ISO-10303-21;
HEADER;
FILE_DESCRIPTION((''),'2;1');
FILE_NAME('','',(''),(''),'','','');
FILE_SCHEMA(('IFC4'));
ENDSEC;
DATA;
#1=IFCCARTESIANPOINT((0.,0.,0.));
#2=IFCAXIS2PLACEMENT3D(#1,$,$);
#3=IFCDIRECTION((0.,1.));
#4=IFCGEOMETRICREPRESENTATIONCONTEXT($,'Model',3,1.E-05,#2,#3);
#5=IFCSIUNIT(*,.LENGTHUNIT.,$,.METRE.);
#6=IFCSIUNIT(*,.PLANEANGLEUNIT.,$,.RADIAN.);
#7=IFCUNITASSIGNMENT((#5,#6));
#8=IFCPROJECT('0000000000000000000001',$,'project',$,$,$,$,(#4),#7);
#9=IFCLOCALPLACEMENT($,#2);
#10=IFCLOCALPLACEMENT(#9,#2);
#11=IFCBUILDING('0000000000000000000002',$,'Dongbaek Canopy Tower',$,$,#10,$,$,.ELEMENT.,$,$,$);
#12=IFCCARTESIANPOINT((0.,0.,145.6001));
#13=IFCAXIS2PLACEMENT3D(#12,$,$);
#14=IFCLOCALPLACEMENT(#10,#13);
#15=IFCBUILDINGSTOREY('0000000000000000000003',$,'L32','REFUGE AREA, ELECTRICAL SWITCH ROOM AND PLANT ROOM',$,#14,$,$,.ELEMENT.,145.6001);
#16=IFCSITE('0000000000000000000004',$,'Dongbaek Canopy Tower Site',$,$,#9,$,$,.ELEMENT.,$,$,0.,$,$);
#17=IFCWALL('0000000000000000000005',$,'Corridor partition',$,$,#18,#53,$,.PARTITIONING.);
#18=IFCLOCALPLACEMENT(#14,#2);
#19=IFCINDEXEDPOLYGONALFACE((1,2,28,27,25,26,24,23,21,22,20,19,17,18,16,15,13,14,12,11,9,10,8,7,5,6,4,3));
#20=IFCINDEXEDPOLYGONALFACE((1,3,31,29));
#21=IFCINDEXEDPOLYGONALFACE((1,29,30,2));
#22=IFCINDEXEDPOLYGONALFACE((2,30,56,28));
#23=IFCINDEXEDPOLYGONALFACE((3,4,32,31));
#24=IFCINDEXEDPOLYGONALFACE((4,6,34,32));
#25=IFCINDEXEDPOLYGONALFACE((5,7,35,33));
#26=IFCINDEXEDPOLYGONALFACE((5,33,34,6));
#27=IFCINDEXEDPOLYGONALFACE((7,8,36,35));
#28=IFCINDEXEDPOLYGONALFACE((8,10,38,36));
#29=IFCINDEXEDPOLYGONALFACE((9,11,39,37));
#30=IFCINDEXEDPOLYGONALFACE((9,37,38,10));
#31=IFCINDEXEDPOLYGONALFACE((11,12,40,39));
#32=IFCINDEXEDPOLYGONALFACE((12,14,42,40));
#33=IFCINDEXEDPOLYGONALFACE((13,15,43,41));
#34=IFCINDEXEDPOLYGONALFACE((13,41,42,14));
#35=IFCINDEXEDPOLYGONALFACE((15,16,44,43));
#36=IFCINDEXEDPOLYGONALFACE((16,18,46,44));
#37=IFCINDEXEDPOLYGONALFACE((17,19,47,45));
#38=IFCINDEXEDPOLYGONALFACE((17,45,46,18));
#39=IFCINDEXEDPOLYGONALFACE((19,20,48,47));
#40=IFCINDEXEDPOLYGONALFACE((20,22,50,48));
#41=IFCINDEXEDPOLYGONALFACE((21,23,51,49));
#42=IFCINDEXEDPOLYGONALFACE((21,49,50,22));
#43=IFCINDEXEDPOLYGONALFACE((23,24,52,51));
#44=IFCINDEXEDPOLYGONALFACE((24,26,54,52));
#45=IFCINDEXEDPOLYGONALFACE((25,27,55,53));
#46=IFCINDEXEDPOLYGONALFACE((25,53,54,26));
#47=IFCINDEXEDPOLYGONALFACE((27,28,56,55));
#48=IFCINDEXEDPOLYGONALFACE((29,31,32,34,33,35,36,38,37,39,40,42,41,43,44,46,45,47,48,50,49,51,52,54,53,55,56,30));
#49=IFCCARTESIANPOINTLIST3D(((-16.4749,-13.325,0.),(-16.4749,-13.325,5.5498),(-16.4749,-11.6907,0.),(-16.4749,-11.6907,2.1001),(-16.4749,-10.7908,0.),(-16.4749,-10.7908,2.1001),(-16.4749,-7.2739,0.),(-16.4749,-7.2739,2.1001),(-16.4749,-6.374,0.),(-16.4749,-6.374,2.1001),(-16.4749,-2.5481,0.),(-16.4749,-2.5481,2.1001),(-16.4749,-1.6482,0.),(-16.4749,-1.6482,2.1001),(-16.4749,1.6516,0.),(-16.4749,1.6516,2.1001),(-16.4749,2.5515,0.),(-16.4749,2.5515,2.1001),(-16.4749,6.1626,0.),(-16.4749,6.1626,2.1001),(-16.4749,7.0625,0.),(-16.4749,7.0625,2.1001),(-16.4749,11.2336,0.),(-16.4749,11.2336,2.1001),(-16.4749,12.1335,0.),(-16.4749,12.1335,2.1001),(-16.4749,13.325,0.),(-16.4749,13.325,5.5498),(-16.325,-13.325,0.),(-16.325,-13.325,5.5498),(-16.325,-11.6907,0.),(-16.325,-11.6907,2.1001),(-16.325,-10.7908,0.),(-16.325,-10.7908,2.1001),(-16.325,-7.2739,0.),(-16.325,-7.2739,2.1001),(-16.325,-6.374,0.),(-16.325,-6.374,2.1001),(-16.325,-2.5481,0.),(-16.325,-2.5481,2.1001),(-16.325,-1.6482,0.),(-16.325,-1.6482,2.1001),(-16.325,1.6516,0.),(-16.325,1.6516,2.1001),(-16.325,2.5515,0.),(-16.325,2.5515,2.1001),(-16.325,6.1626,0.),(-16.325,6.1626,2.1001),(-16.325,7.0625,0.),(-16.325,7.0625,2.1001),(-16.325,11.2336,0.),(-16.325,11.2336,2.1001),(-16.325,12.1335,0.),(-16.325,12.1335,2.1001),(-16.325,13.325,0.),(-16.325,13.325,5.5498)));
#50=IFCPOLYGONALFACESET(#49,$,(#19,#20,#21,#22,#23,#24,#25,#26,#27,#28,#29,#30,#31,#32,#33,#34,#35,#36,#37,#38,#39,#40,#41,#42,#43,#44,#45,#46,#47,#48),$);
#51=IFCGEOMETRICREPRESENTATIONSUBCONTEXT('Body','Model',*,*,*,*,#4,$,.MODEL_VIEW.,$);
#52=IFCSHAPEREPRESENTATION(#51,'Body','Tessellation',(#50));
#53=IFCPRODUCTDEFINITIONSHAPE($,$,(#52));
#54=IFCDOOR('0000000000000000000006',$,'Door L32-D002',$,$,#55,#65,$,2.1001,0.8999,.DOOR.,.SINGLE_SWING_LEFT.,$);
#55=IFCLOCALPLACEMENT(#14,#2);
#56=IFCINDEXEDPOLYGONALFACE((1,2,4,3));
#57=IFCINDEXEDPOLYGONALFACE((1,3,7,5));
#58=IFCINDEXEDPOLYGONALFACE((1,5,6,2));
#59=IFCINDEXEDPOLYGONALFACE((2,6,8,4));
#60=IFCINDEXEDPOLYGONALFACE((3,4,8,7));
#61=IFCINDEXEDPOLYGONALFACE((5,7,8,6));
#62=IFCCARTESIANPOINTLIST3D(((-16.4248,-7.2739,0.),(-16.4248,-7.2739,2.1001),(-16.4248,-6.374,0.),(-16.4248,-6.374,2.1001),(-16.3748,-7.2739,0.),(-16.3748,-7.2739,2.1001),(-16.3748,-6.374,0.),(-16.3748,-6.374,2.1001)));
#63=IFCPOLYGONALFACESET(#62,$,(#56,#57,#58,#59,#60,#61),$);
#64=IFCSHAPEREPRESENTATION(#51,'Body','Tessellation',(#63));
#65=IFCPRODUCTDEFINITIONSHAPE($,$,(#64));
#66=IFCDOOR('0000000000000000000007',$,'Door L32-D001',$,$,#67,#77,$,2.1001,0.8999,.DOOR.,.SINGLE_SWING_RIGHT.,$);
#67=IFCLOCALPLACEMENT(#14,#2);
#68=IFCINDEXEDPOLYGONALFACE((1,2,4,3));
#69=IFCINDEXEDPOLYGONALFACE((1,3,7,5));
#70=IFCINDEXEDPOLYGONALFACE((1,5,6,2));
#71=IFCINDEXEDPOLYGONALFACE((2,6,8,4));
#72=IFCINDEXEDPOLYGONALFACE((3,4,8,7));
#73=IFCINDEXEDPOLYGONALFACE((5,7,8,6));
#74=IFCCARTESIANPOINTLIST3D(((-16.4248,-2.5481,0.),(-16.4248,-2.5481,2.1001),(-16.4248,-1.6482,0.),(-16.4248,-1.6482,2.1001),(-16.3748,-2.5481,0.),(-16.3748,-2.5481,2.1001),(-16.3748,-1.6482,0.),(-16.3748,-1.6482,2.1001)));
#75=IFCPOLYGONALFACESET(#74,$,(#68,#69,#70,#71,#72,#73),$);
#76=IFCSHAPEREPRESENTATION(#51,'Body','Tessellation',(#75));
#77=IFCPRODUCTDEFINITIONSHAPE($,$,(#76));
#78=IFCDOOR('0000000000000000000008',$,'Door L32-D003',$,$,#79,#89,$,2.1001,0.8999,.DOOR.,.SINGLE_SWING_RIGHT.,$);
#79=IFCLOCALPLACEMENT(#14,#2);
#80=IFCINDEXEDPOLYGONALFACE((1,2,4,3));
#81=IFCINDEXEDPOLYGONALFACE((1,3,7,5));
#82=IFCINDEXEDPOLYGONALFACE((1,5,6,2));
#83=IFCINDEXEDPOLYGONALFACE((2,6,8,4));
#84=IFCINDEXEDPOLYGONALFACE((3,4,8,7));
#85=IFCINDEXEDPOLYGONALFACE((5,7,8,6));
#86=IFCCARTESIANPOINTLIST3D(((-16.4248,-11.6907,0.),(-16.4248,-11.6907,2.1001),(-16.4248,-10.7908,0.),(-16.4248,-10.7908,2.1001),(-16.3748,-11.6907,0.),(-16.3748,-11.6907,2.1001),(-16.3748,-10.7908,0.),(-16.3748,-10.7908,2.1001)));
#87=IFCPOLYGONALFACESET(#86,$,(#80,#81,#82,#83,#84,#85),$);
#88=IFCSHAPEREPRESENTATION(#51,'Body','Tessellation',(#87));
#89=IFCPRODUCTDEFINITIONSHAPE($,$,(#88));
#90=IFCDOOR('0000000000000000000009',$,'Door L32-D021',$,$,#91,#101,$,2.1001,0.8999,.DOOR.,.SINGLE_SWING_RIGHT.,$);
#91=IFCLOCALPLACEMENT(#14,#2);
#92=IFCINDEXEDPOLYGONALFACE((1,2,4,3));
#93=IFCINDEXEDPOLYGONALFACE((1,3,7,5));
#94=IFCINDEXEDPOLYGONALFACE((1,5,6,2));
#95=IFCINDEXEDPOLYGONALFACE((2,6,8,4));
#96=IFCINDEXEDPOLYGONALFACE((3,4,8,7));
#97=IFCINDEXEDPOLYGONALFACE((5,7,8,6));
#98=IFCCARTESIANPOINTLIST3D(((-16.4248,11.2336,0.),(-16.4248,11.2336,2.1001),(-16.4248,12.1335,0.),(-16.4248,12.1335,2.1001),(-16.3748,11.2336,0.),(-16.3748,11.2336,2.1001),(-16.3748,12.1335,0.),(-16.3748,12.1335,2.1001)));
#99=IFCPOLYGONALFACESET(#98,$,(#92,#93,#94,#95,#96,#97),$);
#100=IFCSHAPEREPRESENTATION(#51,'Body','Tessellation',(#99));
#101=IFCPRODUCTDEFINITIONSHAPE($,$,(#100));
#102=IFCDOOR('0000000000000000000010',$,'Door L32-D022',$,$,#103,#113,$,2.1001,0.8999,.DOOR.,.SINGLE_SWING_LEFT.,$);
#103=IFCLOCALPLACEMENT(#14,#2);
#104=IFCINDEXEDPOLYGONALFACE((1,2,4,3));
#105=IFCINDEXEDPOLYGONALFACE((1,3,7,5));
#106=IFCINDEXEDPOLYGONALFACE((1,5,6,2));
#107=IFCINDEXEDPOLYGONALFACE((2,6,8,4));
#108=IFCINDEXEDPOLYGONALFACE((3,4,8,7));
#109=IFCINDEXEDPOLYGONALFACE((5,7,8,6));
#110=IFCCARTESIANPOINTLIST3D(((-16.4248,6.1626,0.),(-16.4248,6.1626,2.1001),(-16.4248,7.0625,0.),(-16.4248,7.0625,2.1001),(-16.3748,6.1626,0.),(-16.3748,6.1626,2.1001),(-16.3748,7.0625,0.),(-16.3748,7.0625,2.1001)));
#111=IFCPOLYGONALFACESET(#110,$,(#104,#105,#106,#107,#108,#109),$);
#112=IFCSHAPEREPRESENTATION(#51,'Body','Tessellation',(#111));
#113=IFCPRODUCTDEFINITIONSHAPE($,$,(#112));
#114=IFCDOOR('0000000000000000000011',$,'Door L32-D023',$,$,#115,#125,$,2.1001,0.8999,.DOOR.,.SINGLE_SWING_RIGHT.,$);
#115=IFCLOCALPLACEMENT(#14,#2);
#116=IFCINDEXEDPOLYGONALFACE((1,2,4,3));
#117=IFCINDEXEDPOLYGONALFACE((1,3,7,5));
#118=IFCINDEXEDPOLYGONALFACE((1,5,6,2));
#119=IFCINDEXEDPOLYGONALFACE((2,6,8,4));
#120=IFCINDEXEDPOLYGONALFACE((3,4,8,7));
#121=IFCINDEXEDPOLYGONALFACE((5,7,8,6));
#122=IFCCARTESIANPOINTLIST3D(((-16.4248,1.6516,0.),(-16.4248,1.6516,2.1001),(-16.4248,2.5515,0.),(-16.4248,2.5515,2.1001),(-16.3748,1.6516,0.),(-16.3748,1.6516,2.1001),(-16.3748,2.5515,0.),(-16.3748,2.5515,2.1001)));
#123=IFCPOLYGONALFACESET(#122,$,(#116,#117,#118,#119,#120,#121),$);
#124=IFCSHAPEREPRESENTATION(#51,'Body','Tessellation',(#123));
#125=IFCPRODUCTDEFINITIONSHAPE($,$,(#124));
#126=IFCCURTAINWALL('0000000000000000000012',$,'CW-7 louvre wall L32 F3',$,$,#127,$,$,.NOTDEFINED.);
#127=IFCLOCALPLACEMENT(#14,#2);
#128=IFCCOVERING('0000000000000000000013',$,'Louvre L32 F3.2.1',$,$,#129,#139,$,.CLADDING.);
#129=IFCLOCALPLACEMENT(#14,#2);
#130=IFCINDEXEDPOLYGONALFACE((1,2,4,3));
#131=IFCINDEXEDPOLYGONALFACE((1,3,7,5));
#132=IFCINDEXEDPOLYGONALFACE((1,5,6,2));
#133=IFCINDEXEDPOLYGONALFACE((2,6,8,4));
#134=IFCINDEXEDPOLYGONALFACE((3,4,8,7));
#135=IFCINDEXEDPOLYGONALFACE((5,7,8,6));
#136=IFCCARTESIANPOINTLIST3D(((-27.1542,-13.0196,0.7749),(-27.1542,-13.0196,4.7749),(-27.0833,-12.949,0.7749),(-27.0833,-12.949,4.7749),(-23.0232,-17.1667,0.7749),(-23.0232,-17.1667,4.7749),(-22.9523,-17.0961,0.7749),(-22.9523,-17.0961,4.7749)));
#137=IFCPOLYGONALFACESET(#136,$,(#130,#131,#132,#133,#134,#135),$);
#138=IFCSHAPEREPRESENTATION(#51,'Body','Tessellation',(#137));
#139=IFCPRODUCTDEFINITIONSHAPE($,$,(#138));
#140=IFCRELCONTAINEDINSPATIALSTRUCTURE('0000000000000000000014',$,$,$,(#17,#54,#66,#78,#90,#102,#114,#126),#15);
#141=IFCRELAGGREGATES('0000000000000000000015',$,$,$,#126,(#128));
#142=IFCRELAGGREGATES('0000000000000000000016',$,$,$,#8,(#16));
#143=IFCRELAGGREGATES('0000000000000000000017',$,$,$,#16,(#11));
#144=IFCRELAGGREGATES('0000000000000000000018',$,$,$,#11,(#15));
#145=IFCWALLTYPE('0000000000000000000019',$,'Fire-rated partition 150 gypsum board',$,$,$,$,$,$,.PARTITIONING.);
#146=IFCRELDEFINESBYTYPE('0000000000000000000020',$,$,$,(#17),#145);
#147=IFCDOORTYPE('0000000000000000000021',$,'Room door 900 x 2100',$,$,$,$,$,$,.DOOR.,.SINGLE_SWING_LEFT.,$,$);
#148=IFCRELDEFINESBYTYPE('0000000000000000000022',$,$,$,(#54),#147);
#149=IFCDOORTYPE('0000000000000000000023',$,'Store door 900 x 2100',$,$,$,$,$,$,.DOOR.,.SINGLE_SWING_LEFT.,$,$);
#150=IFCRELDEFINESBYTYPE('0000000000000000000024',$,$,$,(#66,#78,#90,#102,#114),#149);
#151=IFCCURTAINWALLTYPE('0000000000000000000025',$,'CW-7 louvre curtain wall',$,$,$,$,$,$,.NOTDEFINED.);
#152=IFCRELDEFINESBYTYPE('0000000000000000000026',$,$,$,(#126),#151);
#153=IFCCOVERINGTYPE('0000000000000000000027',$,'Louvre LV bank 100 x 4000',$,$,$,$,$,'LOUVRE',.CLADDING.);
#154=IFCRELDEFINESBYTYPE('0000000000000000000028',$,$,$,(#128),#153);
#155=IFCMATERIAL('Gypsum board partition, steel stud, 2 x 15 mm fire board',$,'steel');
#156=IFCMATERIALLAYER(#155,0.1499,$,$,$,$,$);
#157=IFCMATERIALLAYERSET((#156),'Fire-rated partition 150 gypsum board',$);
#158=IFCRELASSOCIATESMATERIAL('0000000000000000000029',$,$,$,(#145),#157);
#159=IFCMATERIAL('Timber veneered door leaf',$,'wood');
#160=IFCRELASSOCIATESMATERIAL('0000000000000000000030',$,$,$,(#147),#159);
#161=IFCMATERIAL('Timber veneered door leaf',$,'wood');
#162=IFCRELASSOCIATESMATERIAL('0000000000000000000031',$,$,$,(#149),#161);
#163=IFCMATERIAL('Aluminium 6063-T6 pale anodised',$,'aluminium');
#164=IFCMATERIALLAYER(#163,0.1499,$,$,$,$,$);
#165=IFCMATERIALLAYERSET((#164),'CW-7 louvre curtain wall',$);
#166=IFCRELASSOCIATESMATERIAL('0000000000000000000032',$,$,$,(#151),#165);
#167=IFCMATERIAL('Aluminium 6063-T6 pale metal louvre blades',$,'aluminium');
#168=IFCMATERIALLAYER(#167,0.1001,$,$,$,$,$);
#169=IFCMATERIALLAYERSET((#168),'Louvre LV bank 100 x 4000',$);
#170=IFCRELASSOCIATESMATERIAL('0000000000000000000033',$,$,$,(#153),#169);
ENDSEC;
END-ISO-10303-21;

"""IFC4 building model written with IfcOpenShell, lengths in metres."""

from ifc_helpers import new_model, si_unit, direction, frame, frame_2d, origin, origin_2d, place, context, subcontext, project, spatial, rectangle, extrude, material, layer, layer_set, type_object, element, fill, aggregate, save


model = new_model("IFC4")

# Units and contexts
model_context = context("Model", 3, precision=1e-05, world=origin(), true_north=direction((0.0, 1.0)))
body_context = subcontext(model_context, "Body", "Model", "MODEL_VIEW")
ifc_project = project(units=[si_unit("LENGTHUNIT", "METRE"), si_unit("PLANEANGLEUNIT", "RADIAN")], contexts=[model_context])

# Site, building, storey
site_placement = place(None, origin())
site = spatial("IfcSite", under=ifc_project, at=site_placement, Name="Dongbaek Canopy Tower Site", CompositionType="ELEMENT", RefElevation=0.0)
building_placement = place(site_placement, origin())
building = spatial("IfcBuilding", under=site, at=building_placement, Name="Dongbaek Canopy Tower", CompositionType="ELEMENT")
storey_placement = place(building_placement, frame((0.0, 0.0, 145.6001)))
storey = spatial("IfcBuildingStorey", under=building, at=storey_placement, Name="L32", Description="REFUGE AREA, ELECTRICAL SWITCH ROOM AND PLANT ROOM", CompositionType="ELEMENT", Elevation=145.6001)

# Shared definitions
ifc_material_1 = material(Name="Gypsum board partition, steel stud, 2 x 15 mm fire board", Category="steel")
ifc_layer_1 = layer(ifc_material_1, 0.1499)
ifc_layer_set_1 = layer_set([ifc_layer_1], Name="Fire-rated partition 150 gypsum board")
wall_type = type_object("IfcWallType", Name="Fire-rated partition 150 gypsum board", PredefinedType="PARTITIONING", material=ifc_layer_set_1)

# Wall, openings, doors
wall_1_placement = place(storey_placement, frame((-16.3999, -13.325, 0.0), z_axis=(0.0, 0.0, 1.0), x_axis=(0.0, 1.0, 0.0)))
wall_1 = element("IfcWall", 1, at=wall_1_placement, inside=storey, type_object=wall_type, Name="Corridor partition", PredefinedType="PARTITIONING", context=body_context, shape_type="SweptSolid", body=[
    extrude(rectangle(XDim=26.6499, YDim=0.1499, at=frame_2d((13.325, 0.0))), origin(), (0.0, 0.0, 1.0), 5.5498),
])
opening_1_placement = place(wall_1_placement, frame((10.7769, 0.0, 0.0)))
opening_1 = element("IfcOpeningElement", 2, at=opening_1_placement, cuts=wall_1, PredefinedType="OPENING", context=body_context, shape_type="SweptSolid", body=[
    extrude(rectangle(XDim=0.8999, YDim=2.1001, at=frame_2d((0.45, 1.05))), frame((0.0, 0.085, 0.0), z_axis=(0.0, -1.0, 0.0), x_axis=(1.0, 0.0, 0.0)), (0.0, 0.0, 1.0), 0.1699),
])
opening_2_placement = place(wall_1_placement, frame((6.051, 0.0, 0.0)))
opening_2 = element("IfcOpeningElement", 3, at=opening_2_placement, cuts=wall_1, PredefinedType="OPENING", context=body_context, shape_type="SweptSolid", body=[
    extrude(rectangle(XDim=0.8999, YDim=2.1001, at=frame_2d((0.45, 1.05))), frame((0.0, 0.085, 0.0), z_axis=(0.0, -1.0, 0.0), x_axis=(1.0, 0.0, 0.0)), (0.0, 0.0, 1.0), 0.1699),
])
opening_3_placement = place(wall_1_placement, frame((1.6343, 0.0, 0.0)))
opening_3 = element("IfcOpeningElement", 4, at=opening_3_placement, cuts=wall_1, PredefinedType="OPENING", context=body_context, shape_type="SweptSolid", body=[
    extrude(rectangle(XDim=0.8999, YDim=2.1001, at=frame_2d((0.45, 1.05))), frame((0.0, 0.085, 0.0), z_axis=(0.0, -1.0, 0.0), x_axis=(1.0, 0.0, 0.0)), (0.0, 0.0, 1.0), 0.1699),
])
opening_4_placement = place(wall_1_placement, frame((24.5586, 0.0, 0.0)))
opening_4 = element("IfcOpeningElement", 5, at=opening_4_placement, cuts=wall_1, PredefinedType="OPENING", context=body_context, shape_type="SweptSolid", body=[
    extrude(rectangle(XDim=0.8999, YDim=2.1001, at=frame_2d((0.45, 1.05))), frame((0.0, 0.085, 0.0), z_axis=(0.0, -1.0, 0.0), x_axis=(1.0, 0.0, 0.0)), (0.0, 0.0, 1.0), 0.1699),
])
opening_5_placement = place(wall_1_placement, frame((19.4875, 0.0, 0.0)))
opening_5 = element("IfcOpeningElement", 6, at=opening_5_placement, cuts=wall_1, PredefinedType="OPENING", context=body_context, shape_type="SweptSolid", body=[
    extrude(rectangle(XDim=0.8999, YDim=2.1001, at=frame_2d((0.45, 1.05))), frame((0.0, 0.085, 0.0), z_axis=(0.0, -1.0, 0.0), x_axis=(1.0, 0.0, 0.0)), (0.0, 0.0, 1.0), 0.1699),
])
opening_6_placement = place(wall_1_placement, frame((14.9766, 0.0, 0.0)))
opening_6 = element("IfcOpeningElement", 7, at=opening_6_placement, cuts=wall_1, PredefinedType="OPENING", context=body_context, shape_type="SweptSolid", body=[
    extrude(rectangle(XDim=0.8999, YDim=2.1001, at=frame_2d((0.45, 1.05))), frame((0.0, 0.085, 0.0), z_axis=(0.0, -1.0, 0.0), x_axis=(1.0, 0.0, 0.0)), (0.0, 0.0, 1.0), 0.1699),
])
ifc_material_2 = material(Name="Timber veneered door leaf", Category="wood")
door_type_1 = type_object("IfcDoorType", Name="Room door 900 x 2100", OperationType="SINGLE_SWING_LEFT", PredefinedType="DOOR", material=ifc_material_2)
door_1_placement = place(opening_2_placement, origin())
door_1 = element("IfcDoor", 8, at=door_1_placement, inside=storey, type_object=door_type_1, Name="Door L32-D002", OperationType="SINGLE_SWING_LEFT", OverallHeight=2.1001, OverallWidth=0.8999, PredefinedType="DOOR", context=body_context, shape_type="SweptSolid", body=[
    extrude(rectangle(XDim=0.8999, YDim=2.1001, at=frame_2d((0.45, 1.05))), frame((0.0, 0.0249, 0.0), z_axis=(0.0, -1.0, 0.0), x_axis=(1.0, 0.0, 0.0)), (0.0, 0.0, 1.0), 0.05),
])
fill(opening_2, door_1)
ifc_material_3 = material(Name="Timber veneered door leaf", Category="wood")
door_type_2 = type_object("IfcDoorType", Name="Store door 900 x 2100", OperationType="SINGLE_SWING_LEFT", PredefinedType="DOOR", material=ifc_material_3)
door_2_placement = place(opening_1_placement, origin())
door_2 = element("IfcDoor", 9, at=door_2_placement, inside=storey, type_object=door_type_2, Name="Door L32-D001", OperationType="SINGLE_SWING_RIGHT", OverallHeight=2.1001, OverallWidth=0.8999, PredefinedType="DOOR", context=body_context, shape_type="SweptSolid", body=[
    extrude(rectangle(XDim=0.8999, YDim=2.1001, at=frame_2d((0.45, 1.05))), frame((0.0, 0.0249, 0.0), z_axis=(0.0, -1.0, 0.0), x_axis=(1.0, 0.0, 0.0)), (0.0, 0.0, 1.0), 0.05),
])
fill(opening_1, door_2)
door_3_placement = place(opening_3_placement, origin())
door_3 = element("IfcDoor", 10, at=door_3_placement, inside=storey, type_object=door_type_2, Name="Door L32-D003", OperationType="SINGLE_SWING_RIGHT", OverallHeight=2.1001, OverallWidth=0.8999, PredefinedType="DOOR", context=body_context, shape_type="SweptSolid", body=[
    extrude(rectangle(XDim=0.8999, YDim=2.1001, at=frame_2d((0.45, 1.05))), frame((0.0, 0.0249, 0.0), z_axis=(0.0, -1.0, 0.0), x_axis=(1.0, 0.0, 0.0)), (0.0, 0.0, 1.0), 0.05),
])
fill(opening_3, door_3)
door_4_placement = place(opening_4_placement, origin())
door_4 = element("IfcDoor", 11, at=door_4_placement, inside=storey, type_object=door_type_2, Name="Door L32-D021", OperationType="SINGLE_SWING_RIGHT", OverallHeight=2.1001, OverallWidth=0.8999, PredefinedType="DOOR", context=body_context, shape_type="SweptSolid", body=[
    extrude(rectangle(XDim=0.8999, YDim=2.1001, at=frame_2d((0.45, 1.05))), frame((0.0, 0.0249, 0.0), z_axis=(0.0, -1.0, 0.0), x_axis=(1.0, 0.0, 0.0)), (0.0, 0.0, 1.0), 0.05),
])
fill(opening_4, door_4)
door_5_placement = place(opening_5_placement, origin())
door_5 = element("IfcDoor", 12, at=door_5_placement, inside=storey, type_object=door_type_2, Name="Door L32-D022", OperationType="SINGLE_SWING_LEFT", OverallHeight=2.1001, OverallWidth=0.8999, PredefinedType="DOOR", context=body_context, shape_type="SweptSolid", body=[
    extrude(rectangle(XDim=0.8999, YDim=2.1001, at=frame_2d((0.45, 1.05))), frame((0.0, 0.0249, 0.0), z_axis=(0.0, -1.0, 0.0), x_axis=(1.0, 0.0, 0.0)), (0.0, 0.0, 1.0), 0.05),
])
fill(opening_5, door_5)
door_6_placement = place(opening_6_placement, origin())
door_6 = element("IfcDoor", 13, at=door_6_placement, inside=storey, type_object=door_type_2, Name="Door L32-D023", OperationType="SINGLE_SWING_RIGHT", OverallHeight=2.1001, OverallWidth=0.8999, PredefinedType="DOOR", context=body_context, shape_type="SweptSolid", body=[
    extrude(rectangle(XDim=0.8999, YDim=2.1001, at=frame_2d((0.45, 1.05))), frame((0.0, 0.0249, 0.0), z_axis=(0.0, -1.0, 0.0), x_axis=(1.0, 0.0, 0.0)), (0.0, 0.0, 1.0), 0.05),
])
fill(opening_6, door_6)

# Curtain wall, covering
ifc_material_4 = material(Name="Aluminium 6063-T6 pale anodised", Category="aluminium")
ifc_layer_2 = layer(ifc_material_4, 0.1499)
ifc_layer_set_2 = layer_set([ifc_layer_2], Name="CW-7 louvre curtain wall")
curtain_wall_type = type_object("IfcCurtainWallType", Name="CW-7 louvre curtain wall", PredefinedType="NOTDEFINED", material=ifc_layer_set_2)
curtain_wall_placement = place(storey_placement, origin())
curtain_wall = element("IfcCurtainWall", 14, at=curtain_wall_placement, inside=storey, type_object=curtain_wall_type, Name="CW-7 louvre wall L32 F3", PredefinedType="NOTDEFINED")
ifc_material_5 = material(Name="Aluminium 6063-T6 pale metal louvre blades", Category="aluminium")
ifc_layer_3 = layer(ifc_material_5, 0.1001)
ifc_layer_set_3 = layer_set([ifc_layer_3], Name="Louvre LV bank 100 x 4000")
covering_type = type_object("IfcCoveringType", Name="Louvre LV bank 100 x 4000", ElementType="LOUVRE", PredefinedType="CLADDING", material=ifc_layer_set_3)
covering_placement = place(storey_placement, frame((-25.0532, -15.0579, 0.7749), z_axis=(0.0, 0.0, 1.0), x_axis=(0.705732, -0.708479, 0.0)))
covering = element("IfcCovering", 15, at=covering_placement, type_object=covering_type, Name="Louvre L32 F3.2.1", PredefinedType="CLADDING", context=body_context, shape_type="SweptSolid", body=[
    extrude(rectangle(XDim=5.8535, YDim=0.1001, at=origin_2d()), origin(), (0.0, 0.0, 1.0), 4.0),
])

aggregate(curtain_wall, [covering])

save(model, "model.ifc")
